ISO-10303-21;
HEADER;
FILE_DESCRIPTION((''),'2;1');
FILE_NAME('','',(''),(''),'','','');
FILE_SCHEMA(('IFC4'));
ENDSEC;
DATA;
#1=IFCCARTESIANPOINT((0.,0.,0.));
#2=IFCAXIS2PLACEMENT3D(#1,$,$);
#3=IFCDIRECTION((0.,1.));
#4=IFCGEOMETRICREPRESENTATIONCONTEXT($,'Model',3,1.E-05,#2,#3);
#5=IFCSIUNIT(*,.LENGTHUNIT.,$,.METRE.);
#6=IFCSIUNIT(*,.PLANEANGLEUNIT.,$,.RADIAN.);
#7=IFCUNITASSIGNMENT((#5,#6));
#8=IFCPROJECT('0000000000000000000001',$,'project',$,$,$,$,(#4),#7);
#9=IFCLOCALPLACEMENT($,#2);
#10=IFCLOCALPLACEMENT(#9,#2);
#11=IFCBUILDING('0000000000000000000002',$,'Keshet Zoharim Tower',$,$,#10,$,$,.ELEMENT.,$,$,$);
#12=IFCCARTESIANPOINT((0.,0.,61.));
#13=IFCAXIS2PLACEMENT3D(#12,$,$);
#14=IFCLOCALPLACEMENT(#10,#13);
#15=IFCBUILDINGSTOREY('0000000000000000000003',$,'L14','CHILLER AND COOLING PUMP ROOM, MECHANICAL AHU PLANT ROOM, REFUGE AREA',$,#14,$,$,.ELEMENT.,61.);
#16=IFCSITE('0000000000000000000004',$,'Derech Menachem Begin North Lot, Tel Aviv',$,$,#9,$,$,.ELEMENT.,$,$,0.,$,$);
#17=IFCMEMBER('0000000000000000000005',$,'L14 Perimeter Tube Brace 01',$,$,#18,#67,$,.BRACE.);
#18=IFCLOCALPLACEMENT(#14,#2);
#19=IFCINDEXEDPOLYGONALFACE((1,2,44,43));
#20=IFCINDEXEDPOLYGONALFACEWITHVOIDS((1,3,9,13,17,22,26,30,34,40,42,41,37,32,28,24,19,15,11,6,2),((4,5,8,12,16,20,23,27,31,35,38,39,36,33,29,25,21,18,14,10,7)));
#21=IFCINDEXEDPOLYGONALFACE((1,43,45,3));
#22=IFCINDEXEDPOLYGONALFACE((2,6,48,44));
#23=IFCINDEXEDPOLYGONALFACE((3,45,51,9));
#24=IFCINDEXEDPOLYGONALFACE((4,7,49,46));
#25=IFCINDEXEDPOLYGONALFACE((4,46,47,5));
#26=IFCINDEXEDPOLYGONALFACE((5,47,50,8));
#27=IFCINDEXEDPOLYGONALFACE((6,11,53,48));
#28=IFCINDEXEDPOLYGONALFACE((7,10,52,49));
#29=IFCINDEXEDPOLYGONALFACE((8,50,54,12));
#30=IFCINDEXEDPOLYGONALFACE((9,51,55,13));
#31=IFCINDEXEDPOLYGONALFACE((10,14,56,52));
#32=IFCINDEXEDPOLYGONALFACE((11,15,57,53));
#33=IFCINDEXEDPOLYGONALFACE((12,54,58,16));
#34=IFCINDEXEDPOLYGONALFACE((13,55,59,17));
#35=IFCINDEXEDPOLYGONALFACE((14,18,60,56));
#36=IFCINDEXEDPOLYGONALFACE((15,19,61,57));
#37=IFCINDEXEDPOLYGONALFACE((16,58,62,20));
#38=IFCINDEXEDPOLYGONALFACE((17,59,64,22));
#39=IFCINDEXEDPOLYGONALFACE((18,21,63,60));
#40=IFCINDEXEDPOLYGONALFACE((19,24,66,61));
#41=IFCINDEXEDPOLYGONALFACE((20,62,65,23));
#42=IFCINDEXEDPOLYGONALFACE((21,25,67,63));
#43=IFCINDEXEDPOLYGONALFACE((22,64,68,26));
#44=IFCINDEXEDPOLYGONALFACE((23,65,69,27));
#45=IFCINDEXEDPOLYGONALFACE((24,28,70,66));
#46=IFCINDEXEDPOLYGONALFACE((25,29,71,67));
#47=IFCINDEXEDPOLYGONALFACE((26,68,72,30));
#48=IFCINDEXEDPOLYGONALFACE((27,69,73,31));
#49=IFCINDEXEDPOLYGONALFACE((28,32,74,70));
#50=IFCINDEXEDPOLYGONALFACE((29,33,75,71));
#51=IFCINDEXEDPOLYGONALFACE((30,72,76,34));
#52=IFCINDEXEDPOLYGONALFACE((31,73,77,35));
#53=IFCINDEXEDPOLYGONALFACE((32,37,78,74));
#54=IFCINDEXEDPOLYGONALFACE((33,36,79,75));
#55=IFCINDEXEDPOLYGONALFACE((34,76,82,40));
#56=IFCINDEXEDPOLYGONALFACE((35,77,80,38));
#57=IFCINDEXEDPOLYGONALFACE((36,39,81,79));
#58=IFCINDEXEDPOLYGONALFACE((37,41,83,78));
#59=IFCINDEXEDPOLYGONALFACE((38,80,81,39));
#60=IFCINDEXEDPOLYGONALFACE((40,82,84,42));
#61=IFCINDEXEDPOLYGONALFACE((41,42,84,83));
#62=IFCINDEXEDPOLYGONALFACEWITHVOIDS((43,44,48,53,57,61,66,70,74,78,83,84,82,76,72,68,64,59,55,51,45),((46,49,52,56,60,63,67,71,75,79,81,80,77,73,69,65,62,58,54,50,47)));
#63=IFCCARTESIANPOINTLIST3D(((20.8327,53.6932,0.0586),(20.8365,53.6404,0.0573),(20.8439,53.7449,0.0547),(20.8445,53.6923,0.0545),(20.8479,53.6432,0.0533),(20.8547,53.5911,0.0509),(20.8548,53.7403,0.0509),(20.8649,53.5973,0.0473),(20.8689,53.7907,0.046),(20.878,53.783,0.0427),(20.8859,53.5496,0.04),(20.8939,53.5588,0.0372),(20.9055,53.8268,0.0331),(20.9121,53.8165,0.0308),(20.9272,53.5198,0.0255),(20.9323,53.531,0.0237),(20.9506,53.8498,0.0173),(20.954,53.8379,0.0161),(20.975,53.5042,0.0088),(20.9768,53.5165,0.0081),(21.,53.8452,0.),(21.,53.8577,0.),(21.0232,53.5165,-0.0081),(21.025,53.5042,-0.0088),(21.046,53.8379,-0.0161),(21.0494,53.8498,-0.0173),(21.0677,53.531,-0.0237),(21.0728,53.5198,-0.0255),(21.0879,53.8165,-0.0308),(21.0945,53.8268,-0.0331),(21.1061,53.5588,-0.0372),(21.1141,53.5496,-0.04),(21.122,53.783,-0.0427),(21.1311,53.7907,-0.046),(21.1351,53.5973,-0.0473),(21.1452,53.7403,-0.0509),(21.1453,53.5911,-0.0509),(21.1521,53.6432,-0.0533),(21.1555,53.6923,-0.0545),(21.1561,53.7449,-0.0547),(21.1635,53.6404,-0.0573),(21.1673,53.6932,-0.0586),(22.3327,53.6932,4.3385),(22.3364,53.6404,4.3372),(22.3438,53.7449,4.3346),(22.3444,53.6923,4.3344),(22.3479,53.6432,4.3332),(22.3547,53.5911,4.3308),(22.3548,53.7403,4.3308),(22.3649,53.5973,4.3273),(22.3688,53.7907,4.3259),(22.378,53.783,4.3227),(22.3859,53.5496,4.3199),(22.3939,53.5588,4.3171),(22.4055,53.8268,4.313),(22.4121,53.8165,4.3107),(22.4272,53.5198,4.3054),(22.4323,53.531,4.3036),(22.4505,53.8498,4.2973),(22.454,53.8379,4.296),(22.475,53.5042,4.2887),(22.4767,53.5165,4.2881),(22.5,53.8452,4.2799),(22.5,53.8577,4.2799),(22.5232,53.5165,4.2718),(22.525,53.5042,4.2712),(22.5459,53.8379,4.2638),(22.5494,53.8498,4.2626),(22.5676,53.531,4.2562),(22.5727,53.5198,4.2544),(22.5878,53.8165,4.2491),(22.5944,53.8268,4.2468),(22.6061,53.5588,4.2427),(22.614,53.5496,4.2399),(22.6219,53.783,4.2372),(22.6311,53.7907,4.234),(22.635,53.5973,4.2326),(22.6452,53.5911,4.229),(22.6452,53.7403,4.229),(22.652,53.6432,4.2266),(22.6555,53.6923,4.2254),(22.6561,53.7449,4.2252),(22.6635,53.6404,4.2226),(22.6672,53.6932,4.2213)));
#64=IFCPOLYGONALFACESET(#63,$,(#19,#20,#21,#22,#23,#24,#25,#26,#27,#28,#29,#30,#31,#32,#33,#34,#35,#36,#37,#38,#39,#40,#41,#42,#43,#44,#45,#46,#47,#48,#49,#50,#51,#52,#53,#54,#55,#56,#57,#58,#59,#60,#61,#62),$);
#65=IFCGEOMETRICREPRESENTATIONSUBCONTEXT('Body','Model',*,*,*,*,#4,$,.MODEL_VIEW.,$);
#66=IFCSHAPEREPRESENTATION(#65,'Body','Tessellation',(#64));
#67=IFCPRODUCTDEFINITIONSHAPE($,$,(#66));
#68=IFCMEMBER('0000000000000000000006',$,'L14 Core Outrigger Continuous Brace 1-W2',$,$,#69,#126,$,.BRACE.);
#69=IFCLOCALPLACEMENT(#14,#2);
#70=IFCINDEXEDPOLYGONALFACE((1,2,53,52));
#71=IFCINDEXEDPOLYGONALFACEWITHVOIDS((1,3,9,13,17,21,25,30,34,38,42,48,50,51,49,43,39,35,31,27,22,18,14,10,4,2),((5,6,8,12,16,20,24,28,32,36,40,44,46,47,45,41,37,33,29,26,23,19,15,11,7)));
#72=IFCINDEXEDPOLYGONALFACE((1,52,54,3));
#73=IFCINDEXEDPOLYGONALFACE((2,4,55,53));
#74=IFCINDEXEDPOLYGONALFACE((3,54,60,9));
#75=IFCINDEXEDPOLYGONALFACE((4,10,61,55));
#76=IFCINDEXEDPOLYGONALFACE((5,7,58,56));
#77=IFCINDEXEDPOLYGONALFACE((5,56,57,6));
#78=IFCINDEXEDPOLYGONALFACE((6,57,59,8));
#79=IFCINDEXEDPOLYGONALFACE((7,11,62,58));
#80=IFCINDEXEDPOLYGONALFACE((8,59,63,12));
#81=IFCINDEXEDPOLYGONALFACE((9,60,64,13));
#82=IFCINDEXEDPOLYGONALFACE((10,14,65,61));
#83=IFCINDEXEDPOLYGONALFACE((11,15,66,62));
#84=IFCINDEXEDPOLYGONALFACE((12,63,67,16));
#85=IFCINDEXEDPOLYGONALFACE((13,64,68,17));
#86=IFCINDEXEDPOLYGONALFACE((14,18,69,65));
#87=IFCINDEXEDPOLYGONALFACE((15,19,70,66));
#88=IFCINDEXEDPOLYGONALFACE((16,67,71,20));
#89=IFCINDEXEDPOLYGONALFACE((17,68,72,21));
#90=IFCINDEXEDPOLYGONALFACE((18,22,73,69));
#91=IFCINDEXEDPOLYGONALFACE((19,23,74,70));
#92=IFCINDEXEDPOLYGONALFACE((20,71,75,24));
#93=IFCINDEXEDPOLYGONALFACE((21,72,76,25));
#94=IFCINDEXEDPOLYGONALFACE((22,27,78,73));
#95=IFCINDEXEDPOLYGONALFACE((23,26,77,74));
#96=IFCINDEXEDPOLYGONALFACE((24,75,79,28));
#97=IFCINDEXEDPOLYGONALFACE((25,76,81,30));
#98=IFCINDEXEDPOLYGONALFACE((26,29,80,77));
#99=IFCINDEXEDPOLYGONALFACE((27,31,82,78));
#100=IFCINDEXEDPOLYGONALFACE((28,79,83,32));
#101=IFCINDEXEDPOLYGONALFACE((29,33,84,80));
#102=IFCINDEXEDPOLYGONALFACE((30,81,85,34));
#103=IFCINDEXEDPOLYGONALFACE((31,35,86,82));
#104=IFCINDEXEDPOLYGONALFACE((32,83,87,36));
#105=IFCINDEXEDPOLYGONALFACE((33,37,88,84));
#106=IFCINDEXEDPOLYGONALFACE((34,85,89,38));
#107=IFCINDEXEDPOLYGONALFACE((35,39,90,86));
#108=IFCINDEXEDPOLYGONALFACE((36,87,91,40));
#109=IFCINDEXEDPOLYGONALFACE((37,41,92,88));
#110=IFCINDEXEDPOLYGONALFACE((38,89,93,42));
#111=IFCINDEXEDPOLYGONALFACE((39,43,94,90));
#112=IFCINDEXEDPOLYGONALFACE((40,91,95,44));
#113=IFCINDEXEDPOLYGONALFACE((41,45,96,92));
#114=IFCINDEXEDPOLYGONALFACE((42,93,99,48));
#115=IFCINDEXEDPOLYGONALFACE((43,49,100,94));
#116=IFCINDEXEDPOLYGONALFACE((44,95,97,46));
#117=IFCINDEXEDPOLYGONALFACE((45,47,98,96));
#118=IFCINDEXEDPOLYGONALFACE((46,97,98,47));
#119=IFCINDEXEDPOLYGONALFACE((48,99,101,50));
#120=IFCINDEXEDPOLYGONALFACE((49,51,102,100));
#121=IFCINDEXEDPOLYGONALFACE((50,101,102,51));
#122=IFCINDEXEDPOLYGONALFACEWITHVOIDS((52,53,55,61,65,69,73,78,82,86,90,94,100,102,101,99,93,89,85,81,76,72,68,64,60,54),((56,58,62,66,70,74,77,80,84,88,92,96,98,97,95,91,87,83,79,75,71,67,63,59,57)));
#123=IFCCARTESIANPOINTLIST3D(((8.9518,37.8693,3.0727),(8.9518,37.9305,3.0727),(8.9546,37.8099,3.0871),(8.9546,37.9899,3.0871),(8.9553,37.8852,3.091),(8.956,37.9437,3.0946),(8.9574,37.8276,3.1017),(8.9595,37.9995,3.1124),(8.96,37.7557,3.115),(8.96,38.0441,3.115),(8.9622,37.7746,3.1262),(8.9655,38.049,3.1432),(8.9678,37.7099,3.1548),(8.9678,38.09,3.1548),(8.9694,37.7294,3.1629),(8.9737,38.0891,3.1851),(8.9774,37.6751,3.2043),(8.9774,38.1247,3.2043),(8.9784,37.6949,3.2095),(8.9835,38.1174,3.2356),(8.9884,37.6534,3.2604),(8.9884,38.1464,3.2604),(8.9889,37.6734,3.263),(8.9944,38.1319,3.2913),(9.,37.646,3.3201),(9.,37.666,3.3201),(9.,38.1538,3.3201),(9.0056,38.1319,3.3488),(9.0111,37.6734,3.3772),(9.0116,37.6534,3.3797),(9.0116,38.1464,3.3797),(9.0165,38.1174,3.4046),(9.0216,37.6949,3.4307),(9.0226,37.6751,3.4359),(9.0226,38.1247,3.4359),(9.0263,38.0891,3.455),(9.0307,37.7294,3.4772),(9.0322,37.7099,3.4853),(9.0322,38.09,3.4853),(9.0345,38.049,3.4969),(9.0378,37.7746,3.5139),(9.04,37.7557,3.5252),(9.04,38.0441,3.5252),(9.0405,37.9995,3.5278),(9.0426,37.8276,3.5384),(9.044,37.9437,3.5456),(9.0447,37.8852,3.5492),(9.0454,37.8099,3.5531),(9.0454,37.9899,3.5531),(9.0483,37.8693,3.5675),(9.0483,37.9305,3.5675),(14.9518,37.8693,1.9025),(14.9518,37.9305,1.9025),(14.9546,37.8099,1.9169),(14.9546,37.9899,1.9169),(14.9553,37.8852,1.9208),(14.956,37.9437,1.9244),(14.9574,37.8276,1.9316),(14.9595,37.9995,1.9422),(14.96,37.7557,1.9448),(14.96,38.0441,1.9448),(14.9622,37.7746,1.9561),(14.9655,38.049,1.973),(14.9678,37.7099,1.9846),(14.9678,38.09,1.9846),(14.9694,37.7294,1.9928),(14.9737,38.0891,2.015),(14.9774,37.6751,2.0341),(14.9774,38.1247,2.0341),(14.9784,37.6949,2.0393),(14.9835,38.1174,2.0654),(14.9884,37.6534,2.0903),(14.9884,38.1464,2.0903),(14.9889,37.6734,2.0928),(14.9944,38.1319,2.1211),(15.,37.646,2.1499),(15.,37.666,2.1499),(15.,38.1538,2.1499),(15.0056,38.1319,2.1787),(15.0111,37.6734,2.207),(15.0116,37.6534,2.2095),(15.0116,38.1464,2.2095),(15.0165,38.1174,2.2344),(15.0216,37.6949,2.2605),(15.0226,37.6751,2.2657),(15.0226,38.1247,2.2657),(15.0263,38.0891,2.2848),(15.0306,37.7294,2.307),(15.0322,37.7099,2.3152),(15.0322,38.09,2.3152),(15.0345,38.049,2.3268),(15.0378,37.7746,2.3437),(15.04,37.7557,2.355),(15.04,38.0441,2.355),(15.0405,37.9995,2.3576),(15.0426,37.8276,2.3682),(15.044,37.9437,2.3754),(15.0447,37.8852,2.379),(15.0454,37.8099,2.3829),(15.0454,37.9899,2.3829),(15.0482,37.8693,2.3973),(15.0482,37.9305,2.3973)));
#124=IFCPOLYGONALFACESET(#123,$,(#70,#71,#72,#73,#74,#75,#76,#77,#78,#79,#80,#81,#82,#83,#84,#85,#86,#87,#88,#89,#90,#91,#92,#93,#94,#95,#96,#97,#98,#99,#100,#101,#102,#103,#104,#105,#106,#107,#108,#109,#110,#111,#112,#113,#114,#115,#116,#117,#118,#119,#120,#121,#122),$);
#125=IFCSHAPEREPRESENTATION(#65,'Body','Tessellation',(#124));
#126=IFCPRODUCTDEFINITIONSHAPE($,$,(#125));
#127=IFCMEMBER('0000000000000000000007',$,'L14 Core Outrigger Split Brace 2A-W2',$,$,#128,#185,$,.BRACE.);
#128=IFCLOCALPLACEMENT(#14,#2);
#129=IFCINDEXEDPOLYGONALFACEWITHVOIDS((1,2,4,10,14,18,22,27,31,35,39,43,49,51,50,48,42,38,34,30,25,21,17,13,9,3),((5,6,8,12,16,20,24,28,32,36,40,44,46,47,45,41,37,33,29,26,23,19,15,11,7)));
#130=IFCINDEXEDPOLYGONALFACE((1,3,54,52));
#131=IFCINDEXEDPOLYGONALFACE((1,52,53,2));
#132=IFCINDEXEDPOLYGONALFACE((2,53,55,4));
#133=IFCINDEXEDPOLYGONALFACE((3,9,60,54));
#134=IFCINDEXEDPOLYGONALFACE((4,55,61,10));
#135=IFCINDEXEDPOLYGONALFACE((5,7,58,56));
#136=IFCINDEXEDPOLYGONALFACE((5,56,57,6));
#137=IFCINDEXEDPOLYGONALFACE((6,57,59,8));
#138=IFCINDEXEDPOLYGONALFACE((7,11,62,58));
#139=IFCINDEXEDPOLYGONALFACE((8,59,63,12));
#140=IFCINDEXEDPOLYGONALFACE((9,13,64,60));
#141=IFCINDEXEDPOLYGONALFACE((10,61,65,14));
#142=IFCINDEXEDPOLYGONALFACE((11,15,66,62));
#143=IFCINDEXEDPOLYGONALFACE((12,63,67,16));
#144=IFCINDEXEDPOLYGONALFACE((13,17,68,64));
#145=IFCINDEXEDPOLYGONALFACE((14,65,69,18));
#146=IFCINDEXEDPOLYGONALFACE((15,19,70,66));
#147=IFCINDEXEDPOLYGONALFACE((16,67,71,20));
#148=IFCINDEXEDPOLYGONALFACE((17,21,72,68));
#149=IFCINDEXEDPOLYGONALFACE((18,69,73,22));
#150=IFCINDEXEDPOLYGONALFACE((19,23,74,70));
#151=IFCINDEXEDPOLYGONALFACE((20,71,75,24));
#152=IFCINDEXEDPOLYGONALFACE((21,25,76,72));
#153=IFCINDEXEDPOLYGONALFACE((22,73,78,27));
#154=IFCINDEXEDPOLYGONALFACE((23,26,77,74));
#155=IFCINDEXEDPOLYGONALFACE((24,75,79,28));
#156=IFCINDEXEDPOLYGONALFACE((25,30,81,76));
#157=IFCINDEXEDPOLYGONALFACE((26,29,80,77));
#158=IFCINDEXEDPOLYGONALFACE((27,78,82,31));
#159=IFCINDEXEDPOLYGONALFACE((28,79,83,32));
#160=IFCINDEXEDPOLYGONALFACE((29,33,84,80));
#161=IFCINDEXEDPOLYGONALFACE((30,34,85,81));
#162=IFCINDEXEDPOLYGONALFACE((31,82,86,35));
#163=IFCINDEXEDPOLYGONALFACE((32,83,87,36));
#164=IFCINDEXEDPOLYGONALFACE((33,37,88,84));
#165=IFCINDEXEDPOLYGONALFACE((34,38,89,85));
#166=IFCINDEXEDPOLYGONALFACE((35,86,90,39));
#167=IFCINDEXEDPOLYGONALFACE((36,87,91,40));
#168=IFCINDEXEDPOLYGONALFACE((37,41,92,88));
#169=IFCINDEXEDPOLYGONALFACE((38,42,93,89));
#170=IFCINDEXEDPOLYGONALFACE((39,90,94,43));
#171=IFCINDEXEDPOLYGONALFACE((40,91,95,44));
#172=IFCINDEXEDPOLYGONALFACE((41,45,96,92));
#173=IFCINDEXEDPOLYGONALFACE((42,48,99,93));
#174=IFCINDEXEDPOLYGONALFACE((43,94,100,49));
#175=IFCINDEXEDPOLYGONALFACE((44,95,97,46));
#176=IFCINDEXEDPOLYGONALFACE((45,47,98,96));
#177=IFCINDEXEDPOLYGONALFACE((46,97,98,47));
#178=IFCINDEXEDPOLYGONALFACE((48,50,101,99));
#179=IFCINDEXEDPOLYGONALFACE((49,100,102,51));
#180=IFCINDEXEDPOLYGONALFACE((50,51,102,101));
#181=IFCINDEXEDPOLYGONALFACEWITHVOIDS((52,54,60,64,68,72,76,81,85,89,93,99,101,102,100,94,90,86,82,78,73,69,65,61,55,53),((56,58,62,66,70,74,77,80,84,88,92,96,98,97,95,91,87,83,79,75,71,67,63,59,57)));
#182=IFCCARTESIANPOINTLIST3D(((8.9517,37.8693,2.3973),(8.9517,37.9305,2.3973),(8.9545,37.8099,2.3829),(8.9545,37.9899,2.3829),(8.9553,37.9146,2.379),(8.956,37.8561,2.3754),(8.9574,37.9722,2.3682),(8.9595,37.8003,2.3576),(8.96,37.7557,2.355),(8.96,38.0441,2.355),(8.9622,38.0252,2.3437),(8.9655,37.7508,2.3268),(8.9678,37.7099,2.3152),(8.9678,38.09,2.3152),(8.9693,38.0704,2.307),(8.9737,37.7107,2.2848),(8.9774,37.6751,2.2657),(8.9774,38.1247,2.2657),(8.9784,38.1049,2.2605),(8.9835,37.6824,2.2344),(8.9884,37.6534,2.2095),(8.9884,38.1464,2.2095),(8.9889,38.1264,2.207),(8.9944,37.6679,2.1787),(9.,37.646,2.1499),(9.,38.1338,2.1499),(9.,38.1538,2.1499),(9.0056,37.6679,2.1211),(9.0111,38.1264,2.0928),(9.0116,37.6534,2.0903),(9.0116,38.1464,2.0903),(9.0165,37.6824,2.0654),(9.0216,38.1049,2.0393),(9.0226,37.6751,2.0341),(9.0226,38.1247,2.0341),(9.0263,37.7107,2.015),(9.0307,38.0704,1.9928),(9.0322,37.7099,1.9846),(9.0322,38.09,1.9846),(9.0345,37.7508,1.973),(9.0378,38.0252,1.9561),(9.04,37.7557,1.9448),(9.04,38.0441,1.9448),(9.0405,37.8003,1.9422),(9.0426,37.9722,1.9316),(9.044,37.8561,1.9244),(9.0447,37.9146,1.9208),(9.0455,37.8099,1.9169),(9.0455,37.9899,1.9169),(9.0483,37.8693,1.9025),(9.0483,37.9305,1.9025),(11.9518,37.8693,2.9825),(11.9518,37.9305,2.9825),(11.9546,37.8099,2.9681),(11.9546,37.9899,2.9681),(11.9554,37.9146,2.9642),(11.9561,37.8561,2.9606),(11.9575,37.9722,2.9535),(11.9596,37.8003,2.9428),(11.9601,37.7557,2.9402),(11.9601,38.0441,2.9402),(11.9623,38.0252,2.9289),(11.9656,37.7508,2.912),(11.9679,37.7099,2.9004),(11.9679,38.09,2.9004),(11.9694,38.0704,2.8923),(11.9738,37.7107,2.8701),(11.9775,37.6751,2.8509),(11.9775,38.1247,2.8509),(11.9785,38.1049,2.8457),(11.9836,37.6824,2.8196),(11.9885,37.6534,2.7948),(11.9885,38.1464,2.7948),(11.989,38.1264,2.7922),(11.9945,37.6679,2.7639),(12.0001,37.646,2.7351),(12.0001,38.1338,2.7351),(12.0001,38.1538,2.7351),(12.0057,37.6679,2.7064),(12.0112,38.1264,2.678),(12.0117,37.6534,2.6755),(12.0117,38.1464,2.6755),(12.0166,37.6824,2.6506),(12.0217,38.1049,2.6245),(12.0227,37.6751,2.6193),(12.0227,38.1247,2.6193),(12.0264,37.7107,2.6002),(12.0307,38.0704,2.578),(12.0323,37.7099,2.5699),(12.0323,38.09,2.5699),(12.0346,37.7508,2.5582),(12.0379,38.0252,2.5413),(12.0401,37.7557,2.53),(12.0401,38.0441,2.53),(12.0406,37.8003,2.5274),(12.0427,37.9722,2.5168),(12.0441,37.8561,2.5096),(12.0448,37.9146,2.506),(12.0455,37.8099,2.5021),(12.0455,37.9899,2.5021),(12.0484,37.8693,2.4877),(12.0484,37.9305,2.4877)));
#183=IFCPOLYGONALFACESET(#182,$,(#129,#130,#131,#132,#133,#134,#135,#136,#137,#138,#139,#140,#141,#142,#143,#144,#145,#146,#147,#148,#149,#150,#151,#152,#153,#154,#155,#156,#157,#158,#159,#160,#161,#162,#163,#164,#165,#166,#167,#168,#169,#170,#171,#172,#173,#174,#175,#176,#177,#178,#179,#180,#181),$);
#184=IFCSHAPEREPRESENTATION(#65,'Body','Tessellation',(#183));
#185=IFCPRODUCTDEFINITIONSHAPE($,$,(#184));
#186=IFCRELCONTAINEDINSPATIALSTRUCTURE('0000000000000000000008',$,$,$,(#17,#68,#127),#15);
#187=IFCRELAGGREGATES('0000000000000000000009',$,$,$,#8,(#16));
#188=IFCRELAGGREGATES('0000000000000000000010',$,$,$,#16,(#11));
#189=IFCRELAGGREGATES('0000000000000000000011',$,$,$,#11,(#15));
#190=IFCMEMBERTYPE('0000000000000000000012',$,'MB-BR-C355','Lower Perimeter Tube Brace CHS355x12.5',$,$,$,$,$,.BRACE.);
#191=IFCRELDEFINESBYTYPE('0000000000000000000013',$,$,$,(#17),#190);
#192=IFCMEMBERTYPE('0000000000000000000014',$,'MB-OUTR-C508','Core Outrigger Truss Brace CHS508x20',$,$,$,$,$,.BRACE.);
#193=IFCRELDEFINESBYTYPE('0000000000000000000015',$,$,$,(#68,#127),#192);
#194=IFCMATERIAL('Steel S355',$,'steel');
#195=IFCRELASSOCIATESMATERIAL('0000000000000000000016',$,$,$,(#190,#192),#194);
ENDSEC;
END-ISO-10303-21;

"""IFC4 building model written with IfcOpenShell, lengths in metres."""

from ifc_helpers import new_model, si_unit, direction, frame, origin, origin_2d, place, context, subcontext, project, spatial, hollow_circle, extrude, material, material_profile, profile_set, type_object, element, save


model = new_model("IFC4")

# Units and contexts
model_context = context("Model", 3, precision=1e-05, world=origin(), true_north=direction((0.0, 1.0)))
body_context = subcontext(model_context, "Body", "Model", "MODEL_VIEW")
ifc_project = project(units=[si_unit("LENGTHUNIT", "METRE"), si_unit("PLANEANGLEUNIT", "RADIAN")], contexts=[model_context])

# Site, building, storey
site_placement = place(None, origin())
site = spatial("IfcSite", under=ifc_project, at=site_placement, Name="Derech Menachem Begin North Lot, Tel Aviv", CompositionType="ELEMENT", RefElevation=0.0)
building_placement = place(site_placement, origin())
building = spatial("IfcBuilding", under=site, at=building_placement, Name="Keshet Zoharim Tower", CompositionType="ELEMENT")
storey_placement = place(building_placement, frame((0.0, 0.0, 61.0)))
storey = spatial("IfcBuildingStorey", under=building, at=storey_placement, Name="L14", Description="CHILLER AND COOLING PUMP ROOM, MECHANICAL AHU PLANT ROOM, REFUGE AREA", CompositionType="ELEMENT", Elevation=61.0)

# Shared definitions
ifc_material_1 = material(Name="Steel S355", Category="steel")

# Members
ifc_material_profile_1 = material_profile(ifc_material_1, hollow_circle(Radius=0.1777, WallThickness=0.0125, at=origin_2d()), Name="CHS355x12.5")
ifc_profile_set_1 = profile_set([ifc_material_profile_1], Name="Steel S355")
member_type_1 = type_object("IfcMemberType", Name="MB-BR-C355", Description="Lower Perimeter Tube Brace CHS355x12.5", PredefinedType="BRACE", material=ifc_profile_set_1)
member_1_placement = place(storey_placement, frame((21.0, 53.6799, 0.0), z_axis=(0.330741, 0.0, 0.943721), x_axis=(0.0, 1.0, 0.0)))
element("IfcMember", 1, at=member_1_placement, inside=storey, type_object=member_type_1, Name="L14 Perimeter Tube Brace 01", PredefinedType="BRACE", context=body_context, shape_type="SweptSolid", body=[
    extrude(hollow_circle(Radius=0.1777, WallThickness=0.0125, at=origin_2d()), origin(), (0.0, 0.0, 1.0), 4.5352),
])
ifc_material_profile_2 = material_profile(ifc_material_1, hollow_circle(Radius=0.2539, WallThickness=0.02, at=origin_2d()), Name="CHS508x20")
ifc_profile_set_2 = profile_set([ifc_material_profile_2], Name="Steel S355")
member_type_2 = type_object("IfcMemberType", Name="MB-OUTR-C508", Description="Core Outrigger Truss Brace CHS508x20", PredefinedType="BRACE", material=ifc_profile_set_2)
member_2_placement = place(storey_placement, frame((15.0, 37.8999, 2.1499), z_axis=(-0.981508, 0.0, 0.191421), x_axis=(0.0, -1.0, 0.0)))
element("IfcMember", 2, at=member_2_placement, inside=storey, type_object=member_type_2, Name="L14 Core Outrigger Continuous Brace 1-W2", PredefinedType="BRACE", context=body_context, shape_type="SweptSolid", body=[
    extrude(hollow_circle(Radius=0.2539, WallThickness=0.02, at=origin_2d()), origin(), (0.0, 0.0, 1.0), 6.113),
])
member_3_placement = place(storey_placement, frame((9.0, 37.8999, 2.1499), z_axis=(0.9815, 0.0, 0.19146), x_axis=(0.0, 1.0, 0.0)))
element("IfcMember", 3, at=member_3_placement, inside=storey, type_object=member_type_2, Name="L14 Core Outrigger Split Brace 2A-W2", PredefinedType="BRACE", context=body_context, shape_type="SweptSolid", body=[
    extrude(hollow_circle(Radius=0.2539, WallThickness=0.02, at=origin_2d()), origin(), (0.0, 0.0, 1.0), 3.0566),
])

save(model, "model.ifc")
